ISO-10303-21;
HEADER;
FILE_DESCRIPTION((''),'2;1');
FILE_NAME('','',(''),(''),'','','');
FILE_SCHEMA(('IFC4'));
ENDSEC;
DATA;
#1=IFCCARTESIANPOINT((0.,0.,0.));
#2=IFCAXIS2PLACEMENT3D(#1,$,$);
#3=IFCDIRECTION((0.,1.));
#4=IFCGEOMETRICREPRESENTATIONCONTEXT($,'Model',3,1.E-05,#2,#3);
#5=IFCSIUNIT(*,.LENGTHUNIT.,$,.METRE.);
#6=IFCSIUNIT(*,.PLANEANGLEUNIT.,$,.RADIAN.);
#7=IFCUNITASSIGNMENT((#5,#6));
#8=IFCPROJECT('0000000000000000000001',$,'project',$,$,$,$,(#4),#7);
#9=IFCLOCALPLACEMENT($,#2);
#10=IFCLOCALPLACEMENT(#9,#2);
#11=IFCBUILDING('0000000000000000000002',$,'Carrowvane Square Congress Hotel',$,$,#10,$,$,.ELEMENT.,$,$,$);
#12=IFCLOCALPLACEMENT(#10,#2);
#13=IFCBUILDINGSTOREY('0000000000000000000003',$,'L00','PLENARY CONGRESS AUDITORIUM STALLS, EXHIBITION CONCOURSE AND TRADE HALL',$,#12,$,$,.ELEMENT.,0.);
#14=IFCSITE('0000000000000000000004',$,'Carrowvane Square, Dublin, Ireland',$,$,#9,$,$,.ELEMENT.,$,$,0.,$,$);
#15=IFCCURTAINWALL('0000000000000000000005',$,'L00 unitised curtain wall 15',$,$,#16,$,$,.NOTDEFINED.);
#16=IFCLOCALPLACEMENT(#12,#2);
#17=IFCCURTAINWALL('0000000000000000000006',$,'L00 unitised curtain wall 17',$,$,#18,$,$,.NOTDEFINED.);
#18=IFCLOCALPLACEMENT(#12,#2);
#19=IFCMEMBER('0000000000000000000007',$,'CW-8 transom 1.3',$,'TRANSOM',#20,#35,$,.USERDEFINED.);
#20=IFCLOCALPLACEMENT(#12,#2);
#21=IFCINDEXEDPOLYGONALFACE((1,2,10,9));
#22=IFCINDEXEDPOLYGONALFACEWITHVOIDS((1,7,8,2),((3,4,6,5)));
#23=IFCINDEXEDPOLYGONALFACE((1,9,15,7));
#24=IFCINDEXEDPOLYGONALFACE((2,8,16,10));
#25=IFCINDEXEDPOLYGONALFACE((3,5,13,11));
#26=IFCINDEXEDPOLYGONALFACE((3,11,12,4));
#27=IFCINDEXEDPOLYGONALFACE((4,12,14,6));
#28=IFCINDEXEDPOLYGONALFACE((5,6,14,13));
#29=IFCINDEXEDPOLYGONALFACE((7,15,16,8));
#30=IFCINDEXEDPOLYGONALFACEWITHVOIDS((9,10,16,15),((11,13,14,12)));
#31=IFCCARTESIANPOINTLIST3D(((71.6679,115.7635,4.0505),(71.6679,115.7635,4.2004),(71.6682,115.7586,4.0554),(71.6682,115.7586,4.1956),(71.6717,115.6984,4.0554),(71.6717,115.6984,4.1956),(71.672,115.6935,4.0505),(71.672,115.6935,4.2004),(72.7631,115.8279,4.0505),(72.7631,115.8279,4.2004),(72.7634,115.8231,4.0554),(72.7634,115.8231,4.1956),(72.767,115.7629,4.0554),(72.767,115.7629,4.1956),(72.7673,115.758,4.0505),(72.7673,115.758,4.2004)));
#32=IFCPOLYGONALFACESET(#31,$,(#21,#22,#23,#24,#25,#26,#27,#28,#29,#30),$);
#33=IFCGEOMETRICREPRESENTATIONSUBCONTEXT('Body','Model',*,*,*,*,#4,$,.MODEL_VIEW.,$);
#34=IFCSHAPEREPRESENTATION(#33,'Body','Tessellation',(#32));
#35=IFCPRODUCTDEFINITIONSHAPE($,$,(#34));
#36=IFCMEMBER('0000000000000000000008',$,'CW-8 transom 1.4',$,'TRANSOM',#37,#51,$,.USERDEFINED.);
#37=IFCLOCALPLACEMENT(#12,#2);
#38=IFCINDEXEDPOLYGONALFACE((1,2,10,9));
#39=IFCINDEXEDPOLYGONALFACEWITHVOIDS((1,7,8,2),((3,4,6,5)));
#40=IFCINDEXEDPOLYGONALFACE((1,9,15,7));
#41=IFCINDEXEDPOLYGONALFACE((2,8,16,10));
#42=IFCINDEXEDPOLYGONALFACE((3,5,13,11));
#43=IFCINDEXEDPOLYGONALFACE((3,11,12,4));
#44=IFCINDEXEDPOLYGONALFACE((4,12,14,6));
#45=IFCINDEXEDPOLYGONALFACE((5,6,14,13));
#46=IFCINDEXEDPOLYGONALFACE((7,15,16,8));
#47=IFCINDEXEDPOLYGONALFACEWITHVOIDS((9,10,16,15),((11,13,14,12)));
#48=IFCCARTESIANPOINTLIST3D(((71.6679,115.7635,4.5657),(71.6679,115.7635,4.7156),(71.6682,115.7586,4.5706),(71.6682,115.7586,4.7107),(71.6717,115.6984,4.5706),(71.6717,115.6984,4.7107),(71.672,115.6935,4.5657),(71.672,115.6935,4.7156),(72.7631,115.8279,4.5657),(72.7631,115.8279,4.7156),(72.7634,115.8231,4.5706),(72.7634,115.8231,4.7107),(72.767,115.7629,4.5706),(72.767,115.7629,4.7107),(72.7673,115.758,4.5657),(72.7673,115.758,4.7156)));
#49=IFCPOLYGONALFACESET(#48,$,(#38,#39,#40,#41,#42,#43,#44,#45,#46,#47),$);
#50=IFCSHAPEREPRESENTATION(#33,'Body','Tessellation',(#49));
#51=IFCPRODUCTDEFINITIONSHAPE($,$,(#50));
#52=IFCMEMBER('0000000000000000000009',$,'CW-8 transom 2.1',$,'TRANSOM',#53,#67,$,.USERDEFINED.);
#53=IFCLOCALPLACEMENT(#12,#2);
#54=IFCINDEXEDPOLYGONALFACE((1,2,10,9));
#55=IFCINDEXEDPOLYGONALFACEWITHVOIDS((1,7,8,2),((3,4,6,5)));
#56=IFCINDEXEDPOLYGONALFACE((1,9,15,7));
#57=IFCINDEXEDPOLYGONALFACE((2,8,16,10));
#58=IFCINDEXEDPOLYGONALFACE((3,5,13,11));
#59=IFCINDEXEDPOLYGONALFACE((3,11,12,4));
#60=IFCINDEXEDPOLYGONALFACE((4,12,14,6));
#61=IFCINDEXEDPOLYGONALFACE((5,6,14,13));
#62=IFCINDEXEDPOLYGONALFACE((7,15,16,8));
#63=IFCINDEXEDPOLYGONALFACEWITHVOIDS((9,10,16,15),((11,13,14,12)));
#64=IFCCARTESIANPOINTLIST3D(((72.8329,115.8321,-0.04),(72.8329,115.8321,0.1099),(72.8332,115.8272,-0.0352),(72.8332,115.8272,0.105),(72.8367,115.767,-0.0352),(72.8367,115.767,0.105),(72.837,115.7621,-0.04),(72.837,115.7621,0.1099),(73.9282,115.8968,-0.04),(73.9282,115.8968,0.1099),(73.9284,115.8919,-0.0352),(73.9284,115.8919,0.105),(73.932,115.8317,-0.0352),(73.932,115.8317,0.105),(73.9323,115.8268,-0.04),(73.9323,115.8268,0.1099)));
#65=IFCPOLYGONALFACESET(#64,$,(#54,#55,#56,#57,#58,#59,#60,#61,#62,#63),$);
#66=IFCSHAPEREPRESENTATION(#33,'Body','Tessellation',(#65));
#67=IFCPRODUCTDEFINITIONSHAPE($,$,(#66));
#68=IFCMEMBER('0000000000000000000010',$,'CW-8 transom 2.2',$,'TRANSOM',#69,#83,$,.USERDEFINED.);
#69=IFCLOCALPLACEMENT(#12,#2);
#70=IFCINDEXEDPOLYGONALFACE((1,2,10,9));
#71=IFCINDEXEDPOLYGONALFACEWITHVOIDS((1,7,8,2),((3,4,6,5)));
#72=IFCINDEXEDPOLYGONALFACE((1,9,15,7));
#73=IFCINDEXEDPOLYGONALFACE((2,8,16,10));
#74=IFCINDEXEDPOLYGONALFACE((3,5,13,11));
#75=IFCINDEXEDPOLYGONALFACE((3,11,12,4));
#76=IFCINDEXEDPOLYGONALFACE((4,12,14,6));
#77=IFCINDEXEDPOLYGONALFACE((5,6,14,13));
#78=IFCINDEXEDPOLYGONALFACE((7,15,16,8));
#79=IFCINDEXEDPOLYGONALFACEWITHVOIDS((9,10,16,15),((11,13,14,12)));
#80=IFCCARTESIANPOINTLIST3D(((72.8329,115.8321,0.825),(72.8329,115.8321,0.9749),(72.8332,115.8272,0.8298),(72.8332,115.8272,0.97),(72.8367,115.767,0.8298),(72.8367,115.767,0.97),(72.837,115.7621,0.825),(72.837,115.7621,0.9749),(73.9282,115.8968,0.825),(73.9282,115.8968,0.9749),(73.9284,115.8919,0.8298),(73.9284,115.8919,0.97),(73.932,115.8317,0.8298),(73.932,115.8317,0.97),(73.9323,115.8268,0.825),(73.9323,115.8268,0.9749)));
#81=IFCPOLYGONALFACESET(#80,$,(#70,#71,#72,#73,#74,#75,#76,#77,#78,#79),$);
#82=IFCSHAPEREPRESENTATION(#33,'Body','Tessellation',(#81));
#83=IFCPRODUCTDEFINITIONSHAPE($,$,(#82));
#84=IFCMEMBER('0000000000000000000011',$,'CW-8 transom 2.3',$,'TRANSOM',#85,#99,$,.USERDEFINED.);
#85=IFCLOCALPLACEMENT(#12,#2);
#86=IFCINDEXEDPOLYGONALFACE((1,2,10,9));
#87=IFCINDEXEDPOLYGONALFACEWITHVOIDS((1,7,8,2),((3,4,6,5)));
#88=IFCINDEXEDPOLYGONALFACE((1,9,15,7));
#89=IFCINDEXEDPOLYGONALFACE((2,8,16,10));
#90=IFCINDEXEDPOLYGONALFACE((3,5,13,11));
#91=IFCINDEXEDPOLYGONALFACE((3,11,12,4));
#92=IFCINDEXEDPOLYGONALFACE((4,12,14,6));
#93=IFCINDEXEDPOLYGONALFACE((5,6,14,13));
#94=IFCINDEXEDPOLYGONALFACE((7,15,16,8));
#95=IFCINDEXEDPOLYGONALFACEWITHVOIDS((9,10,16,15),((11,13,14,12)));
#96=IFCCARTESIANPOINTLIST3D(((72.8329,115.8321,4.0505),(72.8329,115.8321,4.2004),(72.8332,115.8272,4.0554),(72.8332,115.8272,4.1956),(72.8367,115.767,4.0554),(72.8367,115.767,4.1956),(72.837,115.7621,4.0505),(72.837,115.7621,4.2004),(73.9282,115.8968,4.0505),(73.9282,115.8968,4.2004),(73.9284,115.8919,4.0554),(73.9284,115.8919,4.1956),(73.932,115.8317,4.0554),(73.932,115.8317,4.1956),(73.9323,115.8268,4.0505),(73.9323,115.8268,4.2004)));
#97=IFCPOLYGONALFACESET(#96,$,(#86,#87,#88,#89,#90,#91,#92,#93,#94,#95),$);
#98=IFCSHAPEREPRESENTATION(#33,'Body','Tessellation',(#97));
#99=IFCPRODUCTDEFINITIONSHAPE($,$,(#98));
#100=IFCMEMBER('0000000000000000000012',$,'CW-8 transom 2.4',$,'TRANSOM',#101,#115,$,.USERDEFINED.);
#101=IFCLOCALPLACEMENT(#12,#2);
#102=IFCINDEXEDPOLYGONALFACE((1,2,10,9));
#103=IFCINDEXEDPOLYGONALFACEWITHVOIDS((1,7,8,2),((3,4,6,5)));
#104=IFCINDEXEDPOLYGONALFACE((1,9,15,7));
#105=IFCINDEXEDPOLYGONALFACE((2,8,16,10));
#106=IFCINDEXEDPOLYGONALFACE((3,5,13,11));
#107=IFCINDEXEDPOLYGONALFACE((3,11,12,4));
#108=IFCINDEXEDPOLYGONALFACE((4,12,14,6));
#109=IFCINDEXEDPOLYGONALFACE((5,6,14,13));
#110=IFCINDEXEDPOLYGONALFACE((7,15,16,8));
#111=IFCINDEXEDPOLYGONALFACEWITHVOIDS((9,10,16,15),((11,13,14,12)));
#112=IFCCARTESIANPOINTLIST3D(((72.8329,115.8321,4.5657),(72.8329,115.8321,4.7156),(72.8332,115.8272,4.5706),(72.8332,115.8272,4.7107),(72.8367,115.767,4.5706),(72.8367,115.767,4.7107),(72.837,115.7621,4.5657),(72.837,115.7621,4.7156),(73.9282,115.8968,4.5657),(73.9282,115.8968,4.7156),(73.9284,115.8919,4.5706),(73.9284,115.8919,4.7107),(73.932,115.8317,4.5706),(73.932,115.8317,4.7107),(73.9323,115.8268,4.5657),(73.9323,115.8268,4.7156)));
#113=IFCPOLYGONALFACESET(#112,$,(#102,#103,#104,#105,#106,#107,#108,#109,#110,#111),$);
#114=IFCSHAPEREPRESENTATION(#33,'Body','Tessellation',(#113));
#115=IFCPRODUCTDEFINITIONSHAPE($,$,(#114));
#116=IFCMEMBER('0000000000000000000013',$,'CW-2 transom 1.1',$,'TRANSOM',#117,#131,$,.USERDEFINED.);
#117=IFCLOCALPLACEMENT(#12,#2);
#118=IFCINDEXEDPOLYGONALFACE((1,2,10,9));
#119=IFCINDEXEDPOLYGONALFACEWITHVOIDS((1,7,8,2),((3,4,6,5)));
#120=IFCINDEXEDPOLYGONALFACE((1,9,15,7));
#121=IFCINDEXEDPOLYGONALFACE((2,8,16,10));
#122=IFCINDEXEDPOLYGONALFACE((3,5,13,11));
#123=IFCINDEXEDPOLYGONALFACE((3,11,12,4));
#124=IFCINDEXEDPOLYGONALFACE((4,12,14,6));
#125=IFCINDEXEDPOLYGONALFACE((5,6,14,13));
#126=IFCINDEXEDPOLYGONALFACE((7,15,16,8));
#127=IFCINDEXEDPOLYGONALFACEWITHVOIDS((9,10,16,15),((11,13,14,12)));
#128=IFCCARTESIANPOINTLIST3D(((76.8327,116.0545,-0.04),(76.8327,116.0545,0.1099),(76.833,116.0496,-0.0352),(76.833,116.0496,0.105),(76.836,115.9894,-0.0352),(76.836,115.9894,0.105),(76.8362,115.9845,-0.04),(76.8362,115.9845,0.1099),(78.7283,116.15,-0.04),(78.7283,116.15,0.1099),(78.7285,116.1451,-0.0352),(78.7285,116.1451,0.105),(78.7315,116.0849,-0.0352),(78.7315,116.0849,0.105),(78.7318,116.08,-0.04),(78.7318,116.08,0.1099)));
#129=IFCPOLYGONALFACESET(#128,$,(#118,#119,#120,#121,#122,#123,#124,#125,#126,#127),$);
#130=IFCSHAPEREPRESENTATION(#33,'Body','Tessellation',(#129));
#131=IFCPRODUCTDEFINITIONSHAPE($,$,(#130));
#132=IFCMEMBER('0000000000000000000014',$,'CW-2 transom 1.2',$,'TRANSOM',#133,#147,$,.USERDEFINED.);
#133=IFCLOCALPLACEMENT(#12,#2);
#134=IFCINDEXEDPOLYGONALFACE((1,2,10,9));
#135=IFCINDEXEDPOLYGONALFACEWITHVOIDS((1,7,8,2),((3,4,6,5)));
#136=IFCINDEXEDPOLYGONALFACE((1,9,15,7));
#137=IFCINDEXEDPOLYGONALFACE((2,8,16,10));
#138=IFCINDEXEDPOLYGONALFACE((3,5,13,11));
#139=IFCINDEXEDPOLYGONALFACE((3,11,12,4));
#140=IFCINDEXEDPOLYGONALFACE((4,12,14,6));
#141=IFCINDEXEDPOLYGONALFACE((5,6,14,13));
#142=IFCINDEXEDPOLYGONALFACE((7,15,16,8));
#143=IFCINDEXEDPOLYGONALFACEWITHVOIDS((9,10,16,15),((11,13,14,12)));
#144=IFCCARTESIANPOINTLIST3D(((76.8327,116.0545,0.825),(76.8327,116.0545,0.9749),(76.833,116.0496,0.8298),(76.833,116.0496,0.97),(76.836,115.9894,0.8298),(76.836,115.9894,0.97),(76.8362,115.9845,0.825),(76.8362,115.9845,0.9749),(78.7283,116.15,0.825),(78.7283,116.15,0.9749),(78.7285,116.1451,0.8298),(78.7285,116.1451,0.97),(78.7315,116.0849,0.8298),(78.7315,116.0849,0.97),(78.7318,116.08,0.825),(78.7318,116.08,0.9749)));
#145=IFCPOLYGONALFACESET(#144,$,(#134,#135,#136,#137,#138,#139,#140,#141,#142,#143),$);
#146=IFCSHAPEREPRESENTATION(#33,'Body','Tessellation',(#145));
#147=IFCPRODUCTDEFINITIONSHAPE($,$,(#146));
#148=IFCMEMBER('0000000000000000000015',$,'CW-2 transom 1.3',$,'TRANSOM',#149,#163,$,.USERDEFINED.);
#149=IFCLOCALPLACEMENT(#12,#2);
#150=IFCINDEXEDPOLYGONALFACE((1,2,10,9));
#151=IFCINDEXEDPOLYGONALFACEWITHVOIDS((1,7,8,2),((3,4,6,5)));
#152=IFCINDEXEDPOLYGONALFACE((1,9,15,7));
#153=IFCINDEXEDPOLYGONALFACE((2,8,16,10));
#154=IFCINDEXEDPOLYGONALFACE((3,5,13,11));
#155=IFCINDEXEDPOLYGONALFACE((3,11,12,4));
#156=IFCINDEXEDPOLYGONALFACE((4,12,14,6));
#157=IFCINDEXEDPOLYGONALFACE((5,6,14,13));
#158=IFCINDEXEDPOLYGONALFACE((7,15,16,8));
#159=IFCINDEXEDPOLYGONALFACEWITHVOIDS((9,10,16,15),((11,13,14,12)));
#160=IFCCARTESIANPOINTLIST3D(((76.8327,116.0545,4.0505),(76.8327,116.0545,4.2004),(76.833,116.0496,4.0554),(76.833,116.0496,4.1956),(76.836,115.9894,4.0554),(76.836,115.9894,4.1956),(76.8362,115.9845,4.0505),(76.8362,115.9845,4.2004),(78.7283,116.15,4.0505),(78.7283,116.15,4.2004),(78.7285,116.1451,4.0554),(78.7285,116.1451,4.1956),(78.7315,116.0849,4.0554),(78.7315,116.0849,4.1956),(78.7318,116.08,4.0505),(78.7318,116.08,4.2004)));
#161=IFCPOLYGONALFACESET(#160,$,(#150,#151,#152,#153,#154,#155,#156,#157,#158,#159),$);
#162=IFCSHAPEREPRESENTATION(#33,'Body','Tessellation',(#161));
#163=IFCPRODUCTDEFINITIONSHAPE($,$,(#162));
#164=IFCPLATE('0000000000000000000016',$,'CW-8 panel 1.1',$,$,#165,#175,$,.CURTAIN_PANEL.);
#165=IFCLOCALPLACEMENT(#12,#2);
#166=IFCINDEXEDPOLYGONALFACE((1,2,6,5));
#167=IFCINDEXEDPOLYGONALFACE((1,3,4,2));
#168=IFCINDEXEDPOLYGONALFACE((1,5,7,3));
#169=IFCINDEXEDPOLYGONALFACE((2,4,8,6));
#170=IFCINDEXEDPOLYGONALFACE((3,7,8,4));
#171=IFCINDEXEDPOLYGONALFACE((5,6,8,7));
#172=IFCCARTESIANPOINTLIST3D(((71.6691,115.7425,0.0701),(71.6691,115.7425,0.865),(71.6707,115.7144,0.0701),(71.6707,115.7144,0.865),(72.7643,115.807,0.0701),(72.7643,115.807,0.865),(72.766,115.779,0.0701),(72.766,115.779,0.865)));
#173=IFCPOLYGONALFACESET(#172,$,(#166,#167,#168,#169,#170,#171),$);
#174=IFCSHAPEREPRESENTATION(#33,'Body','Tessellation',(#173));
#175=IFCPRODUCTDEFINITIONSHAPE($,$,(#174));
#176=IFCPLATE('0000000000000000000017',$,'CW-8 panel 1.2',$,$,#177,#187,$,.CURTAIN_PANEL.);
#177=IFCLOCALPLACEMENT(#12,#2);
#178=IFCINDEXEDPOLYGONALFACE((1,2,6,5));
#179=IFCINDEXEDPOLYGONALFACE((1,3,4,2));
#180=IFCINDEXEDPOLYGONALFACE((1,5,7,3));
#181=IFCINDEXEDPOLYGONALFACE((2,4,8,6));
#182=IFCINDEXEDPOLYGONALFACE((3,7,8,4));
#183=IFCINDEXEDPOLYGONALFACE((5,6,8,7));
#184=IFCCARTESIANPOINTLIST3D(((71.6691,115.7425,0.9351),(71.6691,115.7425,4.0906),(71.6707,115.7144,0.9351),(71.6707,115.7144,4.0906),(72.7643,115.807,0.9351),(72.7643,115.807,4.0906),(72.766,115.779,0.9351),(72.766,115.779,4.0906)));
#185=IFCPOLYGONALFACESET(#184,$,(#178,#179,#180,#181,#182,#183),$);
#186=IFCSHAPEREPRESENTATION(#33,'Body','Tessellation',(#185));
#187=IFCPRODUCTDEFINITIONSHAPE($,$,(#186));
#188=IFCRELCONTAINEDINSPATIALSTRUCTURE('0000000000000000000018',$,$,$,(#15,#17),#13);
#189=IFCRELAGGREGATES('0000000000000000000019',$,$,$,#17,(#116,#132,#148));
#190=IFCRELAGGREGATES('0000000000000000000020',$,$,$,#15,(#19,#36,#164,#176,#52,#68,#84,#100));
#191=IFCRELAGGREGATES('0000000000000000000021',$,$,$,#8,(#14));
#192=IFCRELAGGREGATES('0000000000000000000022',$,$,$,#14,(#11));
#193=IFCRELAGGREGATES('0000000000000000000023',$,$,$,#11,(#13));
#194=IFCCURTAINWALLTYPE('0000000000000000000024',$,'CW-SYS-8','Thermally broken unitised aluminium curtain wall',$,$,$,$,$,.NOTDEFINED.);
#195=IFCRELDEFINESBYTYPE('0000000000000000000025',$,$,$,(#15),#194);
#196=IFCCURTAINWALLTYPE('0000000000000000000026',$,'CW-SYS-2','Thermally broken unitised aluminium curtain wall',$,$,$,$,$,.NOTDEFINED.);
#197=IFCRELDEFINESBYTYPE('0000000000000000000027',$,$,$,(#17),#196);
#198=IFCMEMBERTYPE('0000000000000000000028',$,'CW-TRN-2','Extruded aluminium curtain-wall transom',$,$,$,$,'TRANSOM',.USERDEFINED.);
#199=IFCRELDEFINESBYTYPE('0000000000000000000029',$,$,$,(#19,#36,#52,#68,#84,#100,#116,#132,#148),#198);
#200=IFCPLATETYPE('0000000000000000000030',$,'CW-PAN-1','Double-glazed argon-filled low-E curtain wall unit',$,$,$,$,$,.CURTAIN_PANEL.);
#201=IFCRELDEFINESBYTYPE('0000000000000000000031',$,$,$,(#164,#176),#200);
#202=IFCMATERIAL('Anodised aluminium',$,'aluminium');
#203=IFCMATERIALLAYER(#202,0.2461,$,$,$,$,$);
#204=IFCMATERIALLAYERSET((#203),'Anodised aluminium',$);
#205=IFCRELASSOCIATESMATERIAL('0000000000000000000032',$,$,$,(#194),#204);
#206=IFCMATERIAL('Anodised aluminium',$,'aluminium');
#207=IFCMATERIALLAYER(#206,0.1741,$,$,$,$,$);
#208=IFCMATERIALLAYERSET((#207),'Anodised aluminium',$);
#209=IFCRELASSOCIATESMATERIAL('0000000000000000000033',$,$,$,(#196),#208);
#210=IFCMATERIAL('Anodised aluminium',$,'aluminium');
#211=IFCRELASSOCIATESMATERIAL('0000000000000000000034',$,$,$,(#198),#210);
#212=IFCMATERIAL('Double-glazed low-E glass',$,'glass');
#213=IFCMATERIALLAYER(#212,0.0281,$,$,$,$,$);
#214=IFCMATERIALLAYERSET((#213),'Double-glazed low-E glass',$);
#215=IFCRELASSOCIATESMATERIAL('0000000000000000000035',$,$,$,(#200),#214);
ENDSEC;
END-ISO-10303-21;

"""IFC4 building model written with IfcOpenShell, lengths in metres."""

from ifc_helpers import new_model, si_unit, direction, frame, origin, origin_2d, place, context, subcontext, project, spatial, rectangle, hollow_rectangle, extrude, material, layer, layer_set, material_profile, profile_set, type_object, element, aggregate, save


model = new_model("IFC4")

# Units and contexts
model_context = context("Model", 3, precision=1e-05, world=origin(), true_north=direction((0.0, 1.0)))
body_context = subcontext(model_context, "Body", "Model", "MODEL_VIEW")
ifc_project = project(units=[si_unit("LENGTHUNIT", "METRE"), si_unit("PLANEANGLEUNIT", "RADIAN")], contexts=[model_context])

# Site, building, storey
site_placement = place(None, origin())
site = spatial("IfcSite", under=ifc_project, at=site_placement, Name="Carrowvane Square, Dublin, Ireland", CompositionType="ELEMENT", RefElevation=0.0)
building_placement = place(site_placement, origin())
building = spatial("IfcBuilding", under=site, at=building_placement, Name="Carrowvane Square Congress Hotel", CompositionType="ELEMENT")
storey_placement = place(building_placement, origin())
storey = spatial("IfcBuildingStorey", under=building, at=storey_placement, Name="L00", Description="PLENARY CONGRESS AUDITORIUM STALLS, EXHIBITION CONCOURSE AND TRADE HALL", CompositionType="ELEMENT", Elevation=0.0)

# Curtain wall
ifc_material_1 = material(Name="Anodised aluminium", Category="aluminium")
ifc_layer_1 = layer(ifc_material_1, 0.2461)
ifc_layer_set_1 = layer_set([ifc_layer_1], Name="Anodised aluminium")
curtain_wall_type_1 = type_object("IfcCurtainWallType", Name="CW-SYS-8", Description="Thermally broken unitised aluminium curtain wall", PredefinedType="NOTDEFINED", material=ifc_layer_set_1)
curtain_wall_1_placement = place(storey_placement, origin())
curtain_wall_1 = element("IfcCurtainWall", 1, at=curtain_wall_1_placement, inside=storey, type_object=curtain_wall_type_1, Name="L00 unitised curtain wall 15", PredefinedType="NOTDEFINED")

# Curtain wall
ifc_material_2 = material(Name="Anodised aluminium", Category="aluminium")
ifc_layer_2 = layer(ifc_material_2, 0.1741)
ifc_layer_set_2 = layer_set([ifc_layer_2], Name="Anodised aluminium")
curtain_wall_type_2 = type_object("IfcCurtainWallType", Name="CW-SYS-2", Description="Thermally broken unitised aluminium curtain wall", PredefinedType="NOTDEFINED", material=ifc_layer_set_2)
curtain_wall_2_placement = place(storey_placement, origin())
curtain_wall_2 = element("IfcCurtainWall", 2, at=curtain_wall_2_placement, inside=storey, type_object=curtain_wall_type_2, Name="L00 unitised curtain wall 17", PredefinedType="NOTDEFINED")

# Members
ifc_material_3 = material(Name="Anodised aluminium", Category="aluminium")
ifc_material_profile_1 = material_profile(ifc_material_3, hollow_rectangle(XDim=0.0701, YDim=0.1499, WallThickness=0.0049, at=origin_2d()), Name="CW-TR 70x150x5")
ifc_profile_set_1 = profile_set([ifc_material_profile_1], Name="Anodised aluminium")
member_type_1 = type_object("IfcMemberType", Name="CW-TRN-2", Description="Extruded aluminium curtain-wall transom", ElementType="TRANSOM", PredefinedType="USERDEFINED", material=ifc_profile_set_1)
member_1_placement = place(storey_placement, frame((71.6699, 115.7285, 4.1255), z_axis=(0.998273, 0.058748, 0.0), x_axis=(-0.058748, 0.998273, 0.0)))
member_1 = element("IfcMember", 3, at=member_1_placement, type_object=member_type_1, Name="CW-8 transom 1.3", ObjectType="TRANSOM", PredefinedType="USERDEFINED", context=body_context, shape_type="SweptSolid", body=[
    extrude(hollow_rectangle(XDim=0.0701, YDim=0.1499, WallThickness=0.0049, at=origin_2d()), origin(), (0.0, 0.0, 1.0), 1.0972),
])
member_2_placement = place(storey_placement, frame((71.6699, 115.7285, 4.6406), z_axis=(0.998273, 0.058748, 0.0), x_axis=(-0.058748, 0.998273, 0.0)))
member_2 = element("IfcMember", 4, at=member_2_placement, type_object=member_type_1, Name="CW-8 transom 1.4", ObjectType="TRANSOM", PredefinedType="USERDEFINED", context=body_context, shape_type="SweptSolid", body=[
    extrude(hollow_rectangle(XDim=0.0701, YDim=0.1499, WallThickness=0.0049, at=origin_2d()), origin(), (0.0, 0.0, 1.0), 1.0972),
])
member_3_placement = place(storey_placement, frame((72.835, 115.7971, 0.0349), z_axis=(0.99826, 0.05897, 0.0), x_axis=(-0.05897, 0.99826, 0.0)))
member_3 = element("IfcMember", 5, at=member_3_placement, type_object=member_type_1, Name="CW-8 transom 2.1", ObjectType="TRANSOM", PredefinedType="USERDEFINED", context=body_context, shape_type="SweptSolid", body=[
    extrude(hollow_rectangle(XDim=0.0701, YDim=0.1499, WallThickness=0.0049, at=origin_2d()), origin(), (0.0, 0.0, 1.0), 1.0972),
])
member_4_placement = place(storey_placement, frame((72.835, 115.7971, 0.8999), z_axis=(0.99826, 0.05897, 0.0), x_axis=(-0.05897, 0.99826, 0.0)))
member_4 = element("IfcMember", 6, at=member_4_placement, type_object=member_type_1, Name="CW-8 transom 2.2", ObjectType="TRANSOM", PredefinedType="USERDEFINED", context=body_context, shape_type="SweptSolid", body=[
    extrude(hollow_rectangle(XDim=0.0701, YDim=0.1499, WallThickness=0.0049, at=origin_2d()), origin(), (0.0, 0.0, 1.0), 1.0972),
])
member_5_placement = place(storey_placement, frame((72.835, 115.7971, 4.1255), z_axis=(0.99826, 0.05897, 0.0), x_axis=(-0.05897, 0.99826, 0.0)))
member_5 = element("IfcMember", 7, at=member_5_placement, type_object=member_type_1, Name="CW-8 transom 2.3", ObjectType="TRANSOM", PredefinedType="USERDEFINED", context=body_context, shape_type="SweptSolid", body=[
    extrude(hollow_rectangle(XDim=0.0701, YDim=0.1499, WallThickness=0.0049, at=origin_2d()), origin(), (0.0, 0.0, 1.0), 1.0972),
])
member_6_placement = place(storey_placement, frame((72.835, 115.7971, 4.6406), z_axis=(0.99826, 0.05897, 0.0), x_axis=(-0.05897, 0.99826, 0.0)))
member_6 = element("IfcMember", 8, at=member_6_placement, type_object=member_type_1, Name="CW-8 transom 2.4", ObjectType="TRANSOM", PredefinedType="USERDEFINED", context=body_context, shape_type="SweptSolid", body=[
    extrude(hollow_rectangle(XDim=0.0701, YDim=0.1499, WallThickness=0.0049, at=origin_2d()), origin(), (0.0, 0.0, 1.0), 1.0972),
])
member_7_placement = place(storey_placement, frame((76.8345, 116.0195, 0.0349), z_axis=(0.998734, 0.050297, 0.0), x_axis=(-0.050297, 0.998734, 0.0)))
member_7 = element("IfcMember", 9, at=member_7_placement, type_object=member_type_1, Name="CW-2 transom 1.1", ObjectType="TRANSOM", PredefinedType="USERDEFINED", context=body_context, shape_type="SweptSolid", body=[
    extrude(hollow_rectangle(XDim=0.0701, YDim=0.1499, WallThickness=0.0049, at=origin_2d()), origin(), (0.0, 0.0, 1.0), 1.8979),
])
member_8_placement = place(storey_placement, frame((76.8345, 116.0195, 0.8999), z_axis=(0.998734, 0.050297, 0.0), x_axis=(-0.050297, 0.998734, 0.0)))
member_8 = element("IfcMember", 10, at=member_8_placement, type_object=member_type_1, Name="CW-2 transom 1.2", ObjectType="TRANSOM", PredefinedType="USERDEFINED", context=body_context, shape_type="SweptSolid", body=[
    extrude(hollow_rectangle(XDim=0.0701, YDim=0.1499, WallThickness=0.0049, at=origin_2d()), origin(), (0.0, 0.0, 1.0), 1.8979),
])
member_9_placement = place(storey_placement, frame((76.8345, 116.0195, 4.1255), z_axis=(0.998734, 0.050297, 0.0), x_axis=(-0.050297, 0.998734, 0.0)))
member_9 = element("IfcMember", 11, at=member_9_placement, type_object=member_type_1, Name="CW-2 transom 1.3", ObjectType="TRANSOM", PredefinedType="USERDEFINED", context=body_context, shape_type="SweptSolid", body=[
    extrude(hollow_rectangle(XDim=0.0701, YDim=0.1499, WallThickness=0.0049, at=origin_2d()), origin(), (0.0, 0.0, 1.0), 1.8979),
])
aggregate(curtain_wall_2, [member_7, member_8, member_9])

# Plates
ifc_material_4 = material(Name="Double-glazed low-E glass", Category="glass")
ifc_layer_3 = layer(ifc_material_4, 0.0281)
ifc_layer_set_3 = layer_set([ifc_layer_3], Name="Double-glazed low-E glass")
plate_type_1 = type_object("IfcPlateType", Name="CW-PAN-1", Description="Double-glazed argon-filled low-E curtain wall unit", PredefinedType="CURTAIN_PANEL", material=ifc_layer_set_3)
plate_1_placement = place(storey_placement, frame((72.2175, 115.7607, 0.0701), z_axis=(0.0, 0.0, 1.0), x_axis=(0.998267, 0.058851, 0.0)))
plate_1 = element("IfcPlate", 12, at=plate_1_placement, type_object=plate_type_1, Name="CW-8 panel 1.1", PredefinedType="CURTAIN_PANEL", context=body_context, shape_type="SweptSolid", body=[
    extrude(rectangle(XDim=1.0972, YDim=0.0281, at=origin_2d()), origin(), (0.0, 0.0, 1.0), 0.7949),
])
plate_2_placement = place(storey_placement, frame((72.2175, 115.7607, 0.9351), z_axis=(0.0, 0.0, 1.0), x_axis=(0.998267, 0.058851, 0.0)))
plate_2 = element("IfcPlate", 13, at=plate_2_placement, type_object=plate_type_1, Name="CW-8 panel 1.2", PredefinedType="CURTAIN_PANEL", context=body_context, shape_type="SweptSolid", body=[
    extrude(rectangle(XDim=1.0972, YDim=0.0281, at=origin_2d()), origin(), (0.0, 0.0, 1.0), 3.1555),
])
aggregate(curtain_wall_1, [member_1, member_2, plate_1, plate_2, member_3, member_4, member_5, member_6])

save(model, "model.ifc")
